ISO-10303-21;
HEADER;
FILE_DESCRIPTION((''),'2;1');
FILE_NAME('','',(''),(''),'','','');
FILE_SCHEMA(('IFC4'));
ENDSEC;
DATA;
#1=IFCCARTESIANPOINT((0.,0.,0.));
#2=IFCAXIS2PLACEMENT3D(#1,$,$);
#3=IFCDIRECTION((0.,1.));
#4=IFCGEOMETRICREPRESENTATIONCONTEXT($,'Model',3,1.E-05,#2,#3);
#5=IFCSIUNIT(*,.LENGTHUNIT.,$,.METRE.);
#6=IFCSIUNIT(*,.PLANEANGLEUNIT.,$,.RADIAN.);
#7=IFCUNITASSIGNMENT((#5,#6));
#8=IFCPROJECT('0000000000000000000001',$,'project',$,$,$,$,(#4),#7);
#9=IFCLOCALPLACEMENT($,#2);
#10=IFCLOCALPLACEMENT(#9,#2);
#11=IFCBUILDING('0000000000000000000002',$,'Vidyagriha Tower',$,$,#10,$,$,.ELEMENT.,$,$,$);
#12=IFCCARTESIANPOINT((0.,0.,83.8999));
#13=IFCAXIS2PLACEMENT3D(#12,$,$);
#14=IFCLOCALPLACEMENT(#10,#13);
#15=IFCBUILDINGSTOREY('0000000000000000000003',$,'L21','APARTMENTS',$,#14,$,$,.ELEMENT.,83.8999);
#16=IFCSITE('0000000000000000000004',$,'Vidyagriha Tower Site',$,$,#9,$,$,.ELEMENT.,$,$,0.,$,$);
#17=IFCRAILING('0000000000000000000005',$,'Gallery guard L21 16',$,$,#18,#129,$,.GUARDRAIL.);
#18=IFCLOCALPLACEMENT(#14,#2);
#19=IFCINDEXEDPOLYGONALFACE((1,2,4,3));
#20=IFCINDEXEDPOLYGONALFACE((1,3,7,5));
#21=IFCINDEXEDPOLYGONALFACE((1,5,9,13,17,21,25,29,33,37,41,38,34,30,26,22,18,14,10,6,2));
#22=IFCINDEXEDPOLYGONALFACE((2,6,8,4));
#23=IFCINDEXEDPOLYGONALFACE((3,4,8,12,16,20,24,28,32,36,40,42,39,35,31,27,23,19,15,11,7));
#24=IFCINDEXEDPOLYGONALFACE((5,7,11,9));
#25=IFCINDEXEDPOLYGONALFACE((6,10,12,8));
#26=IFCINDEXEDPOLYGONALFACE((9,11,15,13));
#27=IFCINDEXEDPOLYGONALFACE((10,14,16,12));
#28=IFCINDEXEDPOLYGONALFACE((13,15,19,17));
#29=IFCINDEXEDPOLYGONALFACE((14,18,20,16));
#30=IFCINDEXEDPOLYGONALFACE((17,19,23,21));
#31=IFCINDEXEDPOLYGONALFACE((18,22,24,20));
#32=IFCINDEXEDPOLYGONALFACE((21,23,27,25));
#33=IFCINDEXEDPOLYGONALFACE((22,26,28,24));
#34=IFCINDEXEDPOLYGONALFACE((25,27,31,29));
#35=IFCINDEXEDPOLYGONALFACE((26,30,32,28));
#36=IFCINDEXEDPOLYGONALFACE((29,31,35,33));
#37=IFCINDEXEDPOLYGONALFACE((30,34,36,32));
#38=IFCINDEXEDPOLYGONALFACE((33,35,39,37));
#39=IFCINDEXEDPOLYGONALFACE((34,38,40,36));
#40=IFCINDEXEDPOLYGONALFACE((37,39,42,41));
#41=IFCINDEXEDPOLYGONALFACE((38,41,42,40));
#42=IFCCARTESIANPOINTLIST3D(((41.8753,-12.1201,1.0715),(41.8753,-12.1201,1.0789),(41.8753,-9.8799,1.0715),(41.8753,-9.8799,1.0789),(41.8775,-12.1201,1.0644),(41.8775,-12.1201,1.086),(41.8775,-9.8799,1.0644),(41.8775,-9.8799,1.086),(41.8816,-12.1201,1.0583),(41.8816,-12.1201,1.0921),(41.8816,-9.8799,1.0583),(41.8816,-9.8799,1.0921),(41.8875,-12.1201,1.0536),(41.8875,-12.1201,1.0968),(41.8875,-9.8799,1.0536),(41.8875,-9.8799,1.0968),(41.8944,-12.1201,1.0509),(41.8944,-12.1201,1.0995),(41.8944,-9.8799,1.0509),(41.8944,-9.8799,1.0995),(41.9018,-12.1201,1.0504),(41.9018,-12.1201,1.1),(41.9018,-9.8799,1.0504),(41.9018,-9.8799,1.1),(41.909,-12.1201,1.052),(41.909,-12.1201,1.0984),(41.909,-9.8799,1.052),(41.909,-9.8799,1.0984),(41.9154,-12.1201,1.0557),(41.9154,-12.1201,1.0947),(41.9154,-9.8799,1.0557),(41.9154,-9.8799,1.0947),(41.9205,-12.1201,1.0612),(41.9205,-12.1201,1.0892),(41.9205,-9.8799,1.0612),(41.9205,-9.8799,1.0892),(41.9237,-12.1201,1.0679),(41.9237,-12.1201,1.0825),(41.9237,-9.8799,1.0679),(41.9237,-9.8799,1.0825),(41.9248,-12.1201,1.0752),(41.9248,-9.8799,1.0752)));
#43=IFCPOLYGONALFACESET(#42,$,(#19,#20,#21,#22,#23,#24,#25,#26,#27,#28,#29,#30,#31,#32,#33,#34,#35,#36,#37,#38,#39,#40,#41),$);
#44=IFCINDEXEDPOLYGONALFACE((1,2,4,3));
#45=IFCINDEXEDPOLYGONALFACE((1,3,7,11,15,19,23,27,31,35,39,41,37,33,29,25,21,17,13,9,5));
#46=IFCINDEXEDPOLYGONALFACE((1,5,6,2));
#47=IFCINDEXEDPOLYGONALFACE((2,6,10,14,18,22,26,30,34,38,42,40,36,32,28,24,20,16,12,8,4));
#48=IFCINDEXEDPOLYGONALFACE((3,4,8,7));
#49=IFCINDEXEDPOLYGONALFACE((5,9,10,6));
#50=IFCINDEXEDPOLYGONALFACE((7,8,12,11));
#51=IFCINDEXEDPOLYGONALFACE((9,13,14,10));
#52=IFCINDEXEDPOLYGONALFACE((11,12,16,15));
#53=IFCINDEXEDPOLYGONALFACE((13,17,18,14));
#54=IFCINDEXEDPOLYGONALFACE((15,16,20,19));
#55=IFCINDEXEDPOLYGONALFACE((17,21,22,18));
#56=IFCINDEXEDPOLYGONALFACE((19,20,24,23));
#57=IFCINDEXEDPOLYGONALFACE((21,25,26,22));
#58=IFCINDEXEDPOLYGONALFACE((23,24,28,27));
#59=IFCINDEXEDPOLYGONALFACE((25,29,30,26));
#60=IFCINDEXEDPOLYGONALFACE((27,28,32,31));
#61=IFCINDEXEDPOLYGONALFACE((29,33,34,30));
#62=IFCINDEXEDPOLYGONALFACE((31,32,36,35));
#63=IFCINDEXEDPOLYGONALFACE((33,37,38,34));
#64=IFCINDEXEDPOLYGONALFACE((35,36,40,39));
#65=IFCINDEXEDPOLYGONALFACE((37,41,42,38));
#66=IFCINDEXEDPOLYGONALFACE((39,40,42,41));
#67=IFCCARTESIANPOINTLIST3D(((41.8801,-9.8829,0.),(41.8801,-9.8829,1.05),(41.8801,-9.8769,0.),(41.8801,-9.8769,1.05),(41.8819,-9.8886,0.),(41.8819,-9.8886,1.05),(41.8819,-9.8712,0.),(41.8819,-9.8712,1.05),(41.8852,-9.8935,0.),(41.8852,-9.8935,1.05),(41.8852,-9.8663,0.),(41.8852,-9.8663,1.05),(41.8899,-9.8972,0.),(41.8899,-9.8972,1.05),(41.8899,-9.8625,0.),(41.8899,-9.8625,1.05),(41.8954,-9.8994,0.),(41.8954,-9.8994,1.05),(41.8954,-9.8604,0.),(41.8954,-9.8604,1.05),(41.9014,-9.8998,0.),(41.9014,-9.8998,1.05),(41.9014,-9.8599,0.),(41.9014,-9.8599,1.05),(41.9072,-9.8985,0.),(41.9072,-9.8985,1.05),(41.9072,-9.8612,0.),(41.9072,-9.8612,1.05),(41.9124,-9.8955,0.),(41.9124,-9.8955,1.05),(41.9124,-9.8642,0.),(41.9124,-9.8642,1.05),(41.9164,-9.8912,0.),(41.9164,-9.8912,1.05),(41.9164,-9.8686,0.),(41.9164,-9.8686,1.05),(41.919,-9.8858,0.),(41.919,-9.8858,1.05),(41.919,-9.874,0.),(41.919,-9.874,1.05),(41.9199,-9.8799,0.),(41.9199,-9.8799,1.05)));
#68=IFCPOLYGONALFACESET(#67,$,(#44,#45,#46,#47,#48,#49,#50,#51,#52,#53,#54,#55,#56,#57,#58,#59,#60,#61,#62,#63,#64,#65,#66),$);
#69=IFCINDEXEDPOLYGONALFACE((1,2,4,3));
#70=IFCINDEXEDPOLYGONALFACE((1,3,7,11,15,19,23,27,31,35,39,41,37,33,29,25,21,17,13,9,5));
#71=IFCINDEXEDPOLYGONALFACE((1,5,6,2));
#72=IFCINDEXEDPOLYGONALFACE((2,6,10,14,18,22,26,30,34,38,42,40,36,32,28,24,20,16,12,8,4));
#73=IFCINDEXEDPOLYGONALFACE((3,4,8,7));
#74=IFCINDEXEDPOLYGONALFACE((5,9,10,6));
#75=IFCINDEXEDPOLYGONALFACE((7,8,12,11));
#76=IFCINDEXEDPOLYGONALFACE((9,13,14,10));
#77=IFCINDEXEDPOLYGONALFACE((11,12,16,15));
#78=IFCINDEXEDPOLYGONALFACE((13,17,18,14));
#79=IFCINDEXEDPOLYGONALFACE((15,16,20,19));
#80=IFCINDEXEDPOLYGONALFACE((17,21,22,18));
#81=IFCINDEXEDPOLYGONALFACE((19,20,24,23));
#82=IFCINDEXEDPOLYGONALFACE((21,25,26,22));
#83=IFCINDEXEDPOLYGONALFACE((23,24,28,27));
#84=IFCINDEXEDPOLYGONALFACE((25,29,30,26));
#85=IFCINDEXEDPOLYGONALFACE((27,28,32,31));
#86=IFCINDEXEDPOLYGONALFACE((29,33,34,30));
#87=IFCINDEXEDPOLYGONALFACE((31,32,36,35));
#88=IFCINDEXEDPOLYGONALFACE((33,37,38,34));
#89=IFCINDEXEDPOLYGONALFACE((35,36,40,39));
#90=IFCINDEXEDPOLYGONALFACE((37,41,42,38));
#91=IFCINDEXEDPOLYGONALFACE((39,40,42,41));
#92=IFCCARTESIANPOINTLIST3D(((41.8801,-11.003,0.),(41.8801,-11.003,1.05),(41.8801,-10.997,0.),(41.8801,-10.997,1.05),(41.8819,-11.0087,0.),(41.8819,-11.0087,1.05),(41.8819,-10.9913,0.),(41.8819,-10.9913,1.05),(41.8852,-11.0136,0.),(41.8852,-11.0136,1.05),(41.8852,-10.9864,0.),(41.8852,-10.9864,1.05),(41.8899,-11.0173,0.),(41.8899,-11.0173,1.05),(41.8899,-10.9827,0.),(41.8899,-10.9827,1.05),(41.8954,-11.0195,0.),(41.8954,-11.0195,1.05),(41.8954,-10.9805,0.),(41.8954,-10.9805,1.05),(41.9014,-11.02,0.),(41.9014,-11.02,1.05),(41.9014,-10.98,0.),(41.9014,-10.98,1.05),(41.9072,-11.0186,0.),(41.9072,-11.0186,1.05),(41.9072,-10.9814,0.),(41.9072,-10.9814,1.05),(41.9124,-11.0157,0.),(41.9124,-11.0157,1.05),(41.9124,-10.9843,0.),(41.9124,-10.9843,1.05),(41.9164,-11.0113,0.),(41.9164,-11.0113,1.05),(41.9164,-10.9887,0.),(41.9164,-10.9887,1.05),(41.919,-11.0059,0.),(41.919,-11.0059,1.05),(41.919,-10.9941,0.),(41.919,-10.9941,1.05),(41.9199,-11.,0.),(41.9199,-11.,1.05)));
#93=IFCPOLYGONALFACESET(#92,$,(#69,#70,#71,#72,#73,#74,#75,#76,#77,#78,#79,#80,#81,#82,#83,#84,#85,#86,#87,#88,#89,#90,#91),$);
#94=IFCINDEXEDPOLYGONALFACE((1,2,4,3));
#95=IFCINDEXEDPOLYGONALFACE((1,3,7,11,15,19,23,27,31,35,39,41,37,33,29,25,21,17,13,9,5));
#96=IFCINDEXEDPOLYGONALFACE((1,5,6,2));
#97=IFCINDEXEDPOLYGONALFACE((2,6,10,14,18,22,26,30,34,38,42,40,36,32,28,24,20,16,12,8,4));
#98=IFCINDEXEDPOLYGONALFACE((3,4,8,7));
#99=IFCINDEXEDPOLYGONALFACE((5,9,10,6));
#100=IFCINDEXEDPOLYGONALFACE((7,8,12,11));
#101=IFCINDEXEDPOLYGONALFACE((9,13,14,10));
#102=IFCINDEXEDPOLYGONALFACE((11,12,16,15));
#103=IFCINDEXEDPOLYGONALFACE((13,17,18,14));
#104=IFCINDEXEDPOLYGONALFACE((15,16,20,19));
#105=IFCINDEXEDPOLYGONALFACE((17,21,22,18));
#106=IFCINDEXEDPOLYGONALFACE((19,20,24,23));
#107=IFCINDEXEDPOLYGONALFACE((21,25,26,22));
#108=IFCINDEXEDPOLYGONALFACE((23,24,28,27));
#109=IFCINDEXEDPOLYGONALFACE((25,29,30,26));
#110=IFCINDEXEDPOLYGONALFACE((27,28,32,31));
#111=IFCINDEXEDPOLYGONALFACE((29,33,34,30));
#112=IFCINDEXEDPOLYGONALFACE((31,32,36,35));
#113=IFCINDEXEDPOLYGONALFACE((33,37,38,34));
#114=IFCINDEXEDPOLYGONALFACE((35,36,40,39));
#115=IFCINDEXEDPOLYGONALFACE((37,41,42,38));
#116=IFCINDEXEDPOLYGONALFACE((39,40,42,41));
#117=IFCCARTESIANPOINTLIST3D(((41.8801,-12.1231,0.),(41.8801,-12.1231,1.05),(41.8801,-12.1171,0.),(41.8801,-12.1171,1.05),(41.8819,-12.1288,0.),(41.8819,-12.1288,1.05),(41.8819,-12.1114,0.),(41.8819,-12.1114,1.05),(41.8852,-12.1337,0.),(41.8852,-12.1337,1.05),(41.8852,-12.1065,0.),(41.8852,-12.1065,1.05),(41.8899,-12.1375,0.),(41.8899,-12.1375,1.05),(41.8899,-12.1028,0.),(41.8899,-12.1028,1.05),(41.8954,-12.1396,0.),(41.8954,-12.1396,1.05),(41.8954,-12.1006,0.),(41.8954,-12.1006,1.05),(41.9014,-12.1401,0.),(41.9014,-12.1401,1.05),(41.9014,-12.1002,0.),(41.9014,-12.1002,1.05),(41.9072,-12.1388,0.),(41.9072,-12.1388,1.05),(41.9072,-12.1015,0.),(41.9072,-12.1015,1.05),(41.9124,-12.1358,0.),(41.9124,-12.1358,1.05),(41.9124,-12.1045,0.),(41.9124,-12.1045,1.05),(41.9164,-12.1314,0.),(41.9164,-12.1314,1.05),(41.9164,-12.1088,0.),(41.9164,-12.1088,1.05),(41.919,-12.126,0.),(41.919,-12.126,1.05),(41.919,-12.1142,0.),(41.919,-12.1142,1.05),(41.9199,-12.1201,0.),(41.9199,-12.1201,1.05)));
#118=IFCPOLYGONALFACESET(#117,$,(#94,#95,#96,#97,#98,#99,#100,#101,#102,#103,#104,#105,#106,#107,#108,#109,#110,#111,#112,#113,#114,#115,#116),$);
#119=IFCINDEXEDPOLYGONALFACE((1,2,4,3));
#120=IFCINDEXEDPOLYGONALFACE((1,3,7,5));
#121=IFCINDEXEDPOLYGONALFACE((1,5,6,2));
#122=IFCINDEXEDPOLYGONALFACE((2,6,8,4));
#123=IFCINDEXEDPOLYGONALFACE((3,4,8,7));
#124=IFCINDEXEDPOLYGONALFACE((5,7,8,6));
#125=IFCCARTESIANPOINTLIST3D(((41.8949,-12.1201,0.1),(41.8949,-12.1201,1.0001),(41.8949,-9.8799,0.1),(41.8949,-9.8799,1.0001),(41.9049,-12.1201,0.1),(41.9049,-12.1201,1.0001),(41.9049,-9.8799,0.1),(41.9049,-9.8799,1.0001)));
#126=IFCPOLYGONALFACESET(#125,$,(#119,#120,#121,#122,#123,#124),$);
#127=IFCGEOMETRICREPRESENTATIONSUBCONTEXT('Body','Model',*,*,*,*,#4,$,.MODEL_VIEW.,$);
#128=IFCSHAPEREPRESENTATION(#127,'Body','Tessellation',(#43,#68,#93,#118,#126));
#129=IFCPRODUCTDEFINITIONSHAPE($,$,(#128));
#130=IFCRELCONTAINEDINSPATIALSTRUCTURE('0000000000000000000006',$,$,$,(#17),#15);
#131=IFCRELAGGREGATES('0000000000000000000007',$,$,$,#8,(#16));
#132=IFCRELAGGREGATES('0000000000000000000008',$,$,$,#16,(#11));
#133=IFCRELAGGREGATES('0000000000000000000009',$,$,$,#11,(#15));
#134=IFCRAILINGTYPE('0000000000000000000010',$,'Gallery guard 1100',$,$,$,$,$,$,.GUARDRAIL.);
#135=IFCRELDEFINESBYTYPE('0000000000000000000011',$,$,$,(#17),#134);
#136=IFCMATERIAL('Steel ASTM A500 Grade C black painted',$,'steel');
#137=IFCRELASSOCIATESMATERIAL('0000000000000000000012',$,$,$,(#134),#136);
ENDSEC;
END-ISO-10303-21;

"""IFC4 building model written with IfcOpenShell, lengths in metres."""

from ifc_helpers import new_model, si_unit, direction, frame, origin, origin_2d, place, context, subcontext, project, spatial, rectangle, circle, extrude, material, type_object, element, save


model = new_model("IFC4")

# Units and contexts
model_context = context("Model", 3, precision=1e-05, world=origin(), true_north=direction((0.0, 1.0)))
body_context = subcontext(model_context, "Body", "Model", "MODEL_VIEW")
ifc_project = project(units=[si_unit("LENGTHUNIT", "METRE"), si_unit("PLANEANGLEUNIT", "RADIAN")], contexts=[model_context])

# Site, building, storey
site_placement = place(None, origin())
site = spatial("IfcSite", under=ifc_project, at=site_placement, Name="Vidyagriha Tower Site", CompositionType="ELEMENT", RefElevation=0.0)
building_placement = place(site_placement, origin())
building = spatial("IfcBuilding", under=site, at=building_placement, Name="Vidyagriha Tower", CompositionType="ELEMENT")
storey_placement = place(building_placement, frame((0.0, 0.0, 83.8999)))
storey = spatial("IfcBuildingStorey", under=building, at=storey_placement, Name="L21", Description="APARTMENTS", CompositionType="ELEMENT", Elevation=83.8999)

# Railing
ifc_material_1 = material(Name="Steel ASTM A500 Grade C black painted", Category="steel")
railing_type_1 = type_object("IfcRailingType", Name="Gallery guard 1100", PredefinedType="GUARDRAIL", material=ifc_material_1)
railing_1_placement = place(storey_placement, frame((41.8999, -9.8799, 0.0)))
element("IfcRailing", 1, at=railing_1_placement, inside=storey, type_object=railing_type_1, Name="Gallery guard L21 16", PredefinedType="GUARDRAIL", context=body_context, shape_type="SweptSolid", body=[
    extrude(circle(Radius=0.0249, at=origin_2d()), frame((0.0, 0.0, 1.0752), z_axis=(0.0, -1.0, 0.0), x_axis=(1.0, 0.0, 0.0)), (0.0, 0.0, 1.0), 2.2402),
    extrude(circle(Radius=0.02, at=origin_2d()), origin(), (0.0, 0.0, 1.0), 1.05),
    extrude(circle(Radius=0.02, at=origin_2d()), frame((0.0, -1.1201, 0.0)), (0.0, 0.0, 1.0), 1.05),
    extrude(circle(Radius=0.02, at=origin_2d()), frame((0.0, -2.2402, 0.0)), (0.0, 0.0, 1.0), 1.05),
    extrude(rectangle(XDim=0.01, YDim=0.9001, at=origin_2d()), frame((0.0, 0.0, 0.55), z_axis=(0.0, -1.0, 0.0), x_axis=(1.0, 0.0, 0.0)), (0.0, 0.0, 1.0), 2.2402),
])

save(model, "model.ifc")
